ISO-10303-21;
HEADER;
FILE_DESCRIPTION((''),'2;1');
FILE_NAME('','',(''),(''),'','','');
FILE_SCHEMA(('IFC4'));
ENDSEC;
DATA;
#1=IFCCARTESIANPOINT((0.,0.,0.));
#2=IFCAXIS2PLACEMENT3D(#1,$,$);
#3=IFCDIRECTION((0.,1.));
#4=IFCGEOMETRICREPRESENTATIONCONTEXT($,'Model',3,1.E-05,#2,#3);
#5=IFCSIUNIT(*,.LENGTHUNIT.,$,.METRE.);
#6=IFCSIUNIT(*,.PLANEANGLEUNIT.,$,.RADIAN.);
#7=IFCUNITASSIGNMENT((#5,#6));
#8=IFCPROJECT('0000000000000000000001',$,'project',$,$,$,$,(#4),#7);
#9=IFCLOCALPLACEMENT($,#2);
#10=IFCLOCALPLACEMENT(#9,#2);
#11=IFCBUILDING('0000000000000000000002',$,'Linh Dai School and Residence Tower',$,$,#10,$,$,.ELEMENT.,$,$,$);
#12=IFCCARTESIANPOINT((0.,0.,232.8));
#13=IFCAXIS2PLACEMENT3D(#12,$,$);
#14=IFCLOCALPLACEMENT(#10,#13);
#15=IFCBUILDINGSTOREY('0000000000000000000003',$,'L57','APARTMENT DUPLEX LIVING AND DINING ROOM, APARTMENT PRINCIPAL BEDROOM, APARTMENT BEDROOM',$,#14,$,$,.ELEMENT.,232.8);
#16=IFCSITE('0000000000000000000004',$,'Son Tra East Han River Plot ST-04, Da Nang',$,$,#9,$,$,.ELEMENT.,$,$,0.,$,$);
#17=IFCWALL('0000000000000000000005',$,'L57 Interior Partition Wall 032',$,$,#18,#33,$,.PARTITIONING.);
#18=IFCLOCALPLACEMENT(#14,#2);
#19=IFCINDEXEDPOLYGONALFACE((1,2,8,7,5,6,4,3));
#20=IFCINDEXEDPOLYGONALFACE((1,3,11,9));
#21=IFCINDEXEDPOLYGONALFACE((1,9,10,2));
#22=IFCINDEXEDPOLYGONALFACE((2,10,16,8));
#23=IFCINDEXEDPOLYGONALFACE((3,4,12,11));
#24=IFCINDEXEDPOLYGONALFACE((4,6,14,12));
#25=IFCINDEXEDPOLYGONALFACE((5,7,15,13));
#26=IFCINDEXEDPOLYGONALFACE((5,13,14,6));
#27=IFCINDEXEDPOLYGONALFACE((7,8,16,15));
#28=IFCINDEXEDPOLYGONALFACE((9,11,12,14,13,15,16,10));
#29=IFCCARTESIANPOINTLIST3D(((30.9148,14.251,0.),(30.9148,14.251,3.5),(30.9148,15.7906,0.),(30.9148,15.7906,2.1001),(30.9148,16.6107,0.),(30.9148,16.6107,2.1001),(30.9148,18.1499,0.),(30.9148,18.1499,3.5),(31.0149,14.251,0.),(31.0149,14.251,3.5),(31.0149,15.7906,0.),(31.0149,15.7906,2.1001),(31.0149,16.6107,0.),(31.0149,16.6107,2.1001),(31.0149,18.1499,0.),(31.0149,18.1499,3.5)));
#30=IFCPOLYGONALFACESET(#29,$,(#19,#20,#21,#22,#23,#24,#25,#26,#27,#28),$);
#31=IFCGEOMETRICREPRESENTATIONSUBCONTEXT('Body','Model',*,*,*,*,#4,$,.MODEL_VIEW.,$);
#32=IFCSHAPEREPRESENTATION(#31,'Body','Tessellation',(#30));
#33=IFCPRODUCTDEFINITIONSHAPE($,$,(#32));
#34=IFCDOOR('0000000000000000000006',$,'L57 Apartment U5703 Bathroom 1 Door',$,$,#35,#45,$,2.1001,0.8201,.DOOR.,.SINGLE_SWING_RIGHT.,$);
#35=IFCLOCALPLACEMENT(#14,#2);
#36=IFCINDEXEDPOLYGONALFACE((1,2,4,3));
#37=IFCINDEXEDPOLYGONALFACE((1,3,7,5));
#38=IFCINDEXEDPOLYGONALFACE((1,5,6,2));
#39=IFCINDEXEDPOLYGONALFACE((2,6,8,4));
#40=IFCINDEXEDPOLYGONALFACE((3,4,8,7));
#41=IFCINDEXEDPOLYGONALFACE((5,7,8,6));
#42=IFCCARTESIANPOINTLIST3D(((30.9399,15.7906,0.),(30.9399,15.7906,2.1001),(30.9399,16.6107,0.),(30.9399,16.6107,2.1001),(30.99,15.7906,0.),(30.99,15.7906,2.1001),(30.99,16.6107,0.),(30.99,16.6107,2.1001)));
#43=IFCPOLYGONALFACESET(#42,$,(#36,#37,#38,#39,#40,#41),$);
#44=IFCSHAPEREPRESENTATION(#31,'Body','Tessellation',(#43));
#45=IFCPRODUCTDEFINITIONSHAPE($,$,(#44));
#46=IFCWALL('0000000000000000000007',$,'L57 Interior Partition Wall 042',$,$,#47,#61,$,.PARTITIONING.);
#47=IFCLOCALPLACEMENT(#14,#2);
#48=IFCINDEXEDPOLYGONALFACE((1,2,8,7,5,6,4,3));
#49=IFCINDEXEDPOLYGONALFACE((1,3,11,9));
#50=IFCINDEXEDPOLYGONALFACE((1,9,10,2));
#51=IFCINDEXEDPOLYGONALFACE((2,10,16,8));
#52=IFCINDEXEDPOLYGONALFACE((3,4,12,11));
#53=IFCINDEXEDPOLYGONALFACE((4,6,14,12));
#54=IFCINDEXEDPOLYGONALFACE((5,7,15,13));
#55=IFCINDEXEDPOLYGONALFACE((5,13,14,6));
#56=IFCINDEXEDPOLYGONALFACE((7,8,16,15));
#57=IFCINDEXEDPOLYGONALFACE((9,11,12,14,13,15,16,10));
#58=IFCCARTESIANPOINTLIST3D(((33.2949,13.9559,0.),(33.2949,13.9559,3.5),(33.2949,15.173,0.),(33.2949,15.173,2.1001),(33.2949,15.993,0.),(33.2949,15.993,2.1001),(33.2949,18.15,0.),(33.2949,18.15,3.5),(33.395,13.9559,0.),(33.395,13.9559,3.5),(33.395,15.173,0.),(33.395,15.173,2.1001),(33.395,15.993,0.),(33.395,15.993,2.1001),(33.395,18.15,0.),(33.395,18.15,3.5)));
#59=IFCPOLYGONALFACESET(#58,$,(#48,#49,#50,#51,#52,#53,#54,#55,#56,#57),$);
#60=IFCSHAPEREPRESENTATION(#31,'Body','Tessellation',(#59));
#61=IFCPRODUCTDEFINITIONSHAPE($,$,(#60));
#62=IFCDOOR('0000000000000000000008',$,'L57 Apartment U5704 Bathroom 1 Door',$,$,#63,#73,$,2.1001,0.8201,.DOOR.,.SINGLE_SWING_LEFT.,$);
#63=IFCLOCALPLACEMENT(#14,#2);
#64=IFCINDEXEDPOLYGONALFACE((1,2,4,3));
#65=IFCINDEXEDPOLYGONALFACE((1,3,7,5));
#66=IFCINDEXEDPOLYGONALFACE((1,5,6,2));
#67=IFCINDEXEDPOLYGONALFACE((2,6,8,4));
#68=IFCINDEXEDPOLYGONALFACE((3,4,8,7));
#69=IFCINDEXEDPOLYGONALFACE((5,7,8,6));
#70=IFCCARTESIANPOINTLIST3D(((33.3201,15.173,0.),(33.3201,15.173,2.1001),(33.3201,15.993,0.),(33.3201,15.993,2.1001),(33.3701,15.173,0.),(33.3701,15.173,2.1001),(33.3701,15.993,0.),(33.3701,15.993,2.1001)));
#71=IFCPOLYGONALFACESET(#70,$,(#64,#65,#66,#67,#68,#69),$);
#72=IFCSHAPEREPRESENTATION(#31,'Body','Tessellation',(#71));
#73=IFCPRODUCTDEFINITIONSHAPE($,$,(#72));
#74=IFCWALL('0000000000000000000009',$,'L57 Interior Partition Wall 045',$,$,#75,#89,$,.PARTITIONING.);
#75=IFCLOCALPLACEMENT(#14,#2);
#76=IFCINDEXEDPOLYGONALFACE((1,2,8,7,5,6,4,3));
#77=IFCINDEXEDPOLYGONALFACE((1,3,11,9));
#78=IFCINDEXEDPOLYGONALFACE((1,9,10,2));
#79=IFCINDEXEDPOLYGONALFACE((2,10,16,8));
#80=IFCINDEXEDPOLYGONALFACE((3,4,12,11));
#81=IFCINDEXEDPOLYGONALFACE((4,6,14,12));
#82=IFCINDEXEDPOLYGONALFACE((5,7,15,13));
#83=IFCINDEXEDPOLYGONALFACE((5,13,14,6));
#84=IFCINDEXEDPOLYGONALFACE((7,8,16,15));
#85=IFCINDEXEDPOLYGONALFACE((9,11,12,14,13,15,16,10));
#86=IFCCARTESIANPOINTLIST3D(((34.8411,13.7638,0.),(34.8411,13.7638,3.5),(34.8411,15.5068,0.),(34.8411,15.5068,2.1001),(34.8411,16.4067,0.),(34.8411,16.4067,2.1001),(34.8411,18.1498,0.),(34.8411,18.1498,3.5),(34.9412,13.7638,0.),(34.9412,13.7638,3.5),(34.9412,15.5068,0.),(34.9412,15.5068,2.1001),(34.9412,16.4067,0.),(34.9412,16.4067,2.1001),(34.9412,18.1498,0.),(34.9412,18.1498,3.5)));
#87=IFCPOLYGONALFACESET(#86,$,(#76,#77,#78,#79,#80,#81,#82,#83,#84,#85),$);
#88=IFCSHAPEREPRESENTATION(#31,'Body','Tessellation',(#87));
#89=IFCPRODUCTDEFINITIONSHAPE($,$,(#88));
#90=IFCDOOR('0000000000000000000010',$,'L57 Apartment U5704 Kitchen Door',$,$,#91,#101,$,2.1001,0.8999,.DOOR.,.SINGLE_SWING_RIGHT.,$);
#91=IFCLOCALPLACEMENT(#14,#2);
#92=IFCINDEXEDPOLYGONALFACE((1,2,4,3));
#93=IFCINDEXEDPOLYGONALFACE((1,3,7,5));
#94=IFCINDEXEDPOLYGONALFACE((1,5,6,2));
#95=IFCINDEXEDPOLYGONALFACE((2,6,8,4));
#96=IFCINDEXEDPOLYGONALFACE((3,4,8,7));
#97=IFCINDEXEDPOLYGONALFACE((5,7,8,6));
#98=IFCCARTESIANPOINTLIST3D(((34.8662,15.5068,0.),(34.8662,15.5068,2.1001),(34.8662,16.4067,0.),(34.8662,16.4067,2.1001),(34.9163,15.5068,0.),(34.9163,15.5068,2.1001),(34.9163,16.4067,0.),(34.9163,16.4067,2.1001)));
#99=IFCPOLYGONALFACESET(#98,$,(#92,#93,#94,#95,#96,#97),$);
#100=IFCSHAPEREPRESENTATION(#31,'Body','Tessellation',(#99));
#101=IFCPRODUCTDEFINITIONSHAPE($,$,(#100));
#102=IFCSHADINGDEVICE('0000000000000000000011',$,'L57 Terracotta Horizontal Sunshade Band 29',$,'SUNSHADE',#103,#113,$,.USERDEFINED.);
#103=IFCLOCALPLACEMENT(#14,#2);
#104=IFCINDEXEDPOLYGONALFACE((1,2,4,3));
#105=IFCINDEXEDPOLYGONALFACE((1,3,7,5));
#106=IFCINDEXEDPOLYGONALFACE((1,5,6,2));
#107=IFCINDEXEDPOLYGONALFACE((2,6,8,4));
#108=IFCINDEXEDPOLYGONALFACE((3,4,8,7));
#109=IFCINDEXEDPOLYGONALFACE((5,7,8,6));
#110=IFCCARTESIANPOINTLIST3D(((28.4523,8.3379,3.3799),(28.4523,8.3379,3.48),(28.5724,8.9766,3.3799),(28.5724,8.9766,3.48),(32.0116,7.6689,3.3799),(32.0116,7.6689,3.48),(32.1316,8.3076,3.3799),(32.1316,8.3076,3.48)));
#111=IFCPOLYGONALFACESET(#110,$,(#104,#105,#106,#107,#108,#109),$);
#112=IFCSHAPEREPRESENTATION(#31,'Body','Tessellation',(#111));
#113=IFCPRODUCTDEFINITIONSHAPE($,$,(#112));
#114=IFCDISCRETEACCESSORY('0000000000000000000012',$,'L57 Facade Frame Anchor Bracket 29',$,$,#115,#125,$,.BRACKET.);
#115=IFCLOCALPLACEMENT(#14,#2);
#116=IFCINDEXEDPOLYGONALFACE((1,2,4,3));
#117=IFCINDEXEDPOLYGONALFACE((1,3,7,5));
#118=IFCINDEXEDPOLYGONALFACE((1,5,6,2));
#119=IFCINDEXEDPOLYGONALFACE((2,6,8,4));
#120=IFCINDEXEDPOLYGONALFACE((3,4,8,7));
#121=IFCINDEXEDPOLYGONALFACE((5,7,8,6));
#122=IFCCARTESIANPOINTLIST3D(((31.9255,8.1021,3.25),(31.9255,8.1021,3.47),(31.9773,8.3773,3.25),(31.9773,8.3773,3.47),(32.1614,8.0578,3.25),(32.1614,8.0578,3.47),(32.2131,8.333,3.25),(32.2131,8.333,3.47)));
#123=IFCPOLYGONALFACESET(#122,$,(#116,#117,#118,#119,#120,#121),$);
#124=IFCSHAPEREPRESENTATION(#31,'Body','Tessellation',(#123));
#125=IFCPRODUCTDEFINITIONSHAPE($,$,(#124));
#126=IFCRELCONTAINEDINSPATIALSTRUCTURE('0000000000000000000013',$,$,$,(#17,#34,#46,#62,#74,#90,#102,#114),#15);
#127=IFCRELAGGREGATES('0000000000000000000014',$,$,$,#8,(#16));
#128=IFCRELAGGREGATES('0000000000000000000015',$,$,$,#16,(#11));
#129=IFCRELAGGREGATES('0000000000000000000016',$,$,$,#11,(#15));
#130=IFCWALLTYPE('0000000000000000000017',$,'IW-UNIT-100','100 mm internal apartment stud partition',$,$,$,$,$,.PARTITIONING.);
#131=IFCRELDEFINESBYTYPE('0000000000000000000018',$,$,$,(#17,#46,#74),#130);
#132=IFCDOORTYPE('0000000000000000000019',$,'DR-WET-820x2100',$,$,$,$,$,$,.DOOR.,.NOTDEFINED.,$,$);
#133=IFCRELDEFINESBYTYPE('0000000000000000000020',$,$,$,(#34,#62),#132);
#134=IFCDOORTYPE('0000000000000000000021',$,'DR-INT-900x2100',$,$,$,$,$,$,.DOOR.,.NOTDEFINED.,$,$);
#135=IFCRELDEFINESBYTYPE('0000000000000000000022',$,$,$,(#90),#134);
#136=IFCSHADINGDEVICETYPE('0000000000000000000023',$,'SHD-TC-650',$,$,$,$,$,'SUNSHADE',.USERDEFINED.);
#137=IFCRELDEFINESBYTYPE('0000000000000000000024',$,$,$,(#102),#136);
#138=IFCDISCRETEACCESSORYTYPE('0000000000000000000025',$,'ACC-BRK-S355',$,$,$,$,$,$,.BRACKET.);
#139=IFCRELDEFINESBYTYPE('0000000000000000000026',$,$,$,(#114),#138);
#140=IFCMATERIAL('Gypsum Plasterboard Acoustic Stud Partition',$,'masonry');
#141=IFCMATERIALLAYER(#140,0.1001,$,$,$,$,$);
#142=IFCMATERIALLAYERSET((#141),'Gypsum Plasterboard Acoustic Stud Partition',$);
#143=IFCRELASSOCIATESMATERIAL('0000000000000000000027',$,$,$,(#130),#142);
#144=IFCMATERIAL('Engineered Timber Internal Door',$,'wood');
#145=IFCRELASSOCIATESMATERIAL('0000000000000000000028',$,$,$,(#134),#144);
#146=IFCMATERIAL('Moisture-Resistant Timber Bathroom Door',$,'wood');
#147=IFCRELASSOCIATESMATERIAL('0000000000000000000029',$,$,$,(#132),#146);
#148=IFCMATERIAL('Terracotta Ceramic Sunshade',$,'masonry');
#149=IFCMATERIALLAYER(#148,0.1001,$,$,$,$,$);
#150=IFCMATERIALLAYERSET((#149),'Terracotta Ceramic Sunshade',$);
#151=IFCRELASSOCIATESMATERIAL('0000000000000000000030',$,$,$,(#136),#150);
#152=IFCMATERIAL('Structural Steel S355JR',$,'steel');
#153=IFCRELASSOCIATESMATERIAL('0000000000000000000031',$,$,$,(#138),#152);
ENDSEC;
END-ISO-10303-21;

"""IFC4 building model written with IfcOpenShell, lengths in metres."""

from ifc_helpers import new_model, si_unit, direction, frame, frame_2d, origin, origin_2d, place, context, subcontext, project, spatial, rectangle, extrude, source, transform, mapped, material, layer, layer_set, type_object, element, fill, save


model = new_model("IFC4")

# Units and contexts
model_context = context("Model", 3, precision=1e-05, world=origin(), true_north=direction((0.0, 1.0)))
body_context = subcontext(model_context, "Body", "Model", "MODEL_VIEW")
ifc_project = project(units=[si_unit("LENGTHUNIT", "METRE"), si_unit("PLANEANGLEUNIT", "RADIAN")], contexts=[model_context])

# Site, building, storey
site_placement = place(None, origin())
site = spatial("IfcSite", under=ifc_project, at=site_placement, Name="Son Tra East Han River Plot ST-04, Da Nang", CompositionType="ELEMENT", RefElevation=0.0)
building_placement = place(site_placement, origin())
building = spatial("IfcBuilding", under=site, at=building_placement, Name="Linh Dai School and Residence Tower", CompositionType="ELEMENT")
storey_placement = place(building_placement, frame((0.0, 0.0, 232.8)))
storey = spatial("IfcBuildingStorey", under=building, at=storey_placement, Name="L57", Description="APARTMENT DUPLEX LIVING AND DINING ROOM, APARTMENT PRINCIPAL BEDROOM, APARTMENT BEDROOM", CompositionType="ELEMENT", Elevation=232.8)

# Shared definitions
ifc_material_1 = material(Name="Structural Steel S355JR", Category="steel")

# Shared definitions
ifc_material_2 = material(Name="Gypsum Plasterboard Acoustic Stud Partition", Category="masonry")
ifc_layer_1 = layer(ifc_material_2, 0.1001)
ifc_layer_set_1 = layer_set([ifc_layer_1], Name="Gypsum Plasterboard Acoustic Stud Partition")
wall_type_1 = type_object("IfcWallType", Name="IW-UNIT-100", Description="100 mm internal apartment stud partition", PredefinedType="PARTITIONING", material=ifc_layer_set_1)

# Shared definitions
ifc_material_3 = material(Name="Engineered Timber Internal Door", Category="wood")
door_type_1 = type_object("IfcDoorType", Name="DR-INT-900x2100", OperationType="NOTDEFINED", PredefinedType="DOOR", material=ifc_material_3)
shared_shape_1 = source(origin(), body_context, "Body", "SweptSolid", [
    extrude(rectangle(XDim=0.8999, YDim=2.1001, at=origin_2d()), frame((0.45, 0.0249, 1.05), z_axis=(0.0, -1.0, 0.0), x_axis=(1.0, 0.0, 0.0)), (0.0, 0.0, 1.0), 0.05),
])

# Walls, openings, doors
wall_1_placement = place(storey_placement, frame((30.9648, 14.251, 0.0), z_axis=(0.0, 0.0, 1.0), x_axis=(0.0, 1.0, 0.0)))
wall_1 = element("IfcWall", 1, at=wall_1_placement, inside=storey, type_object=wall_type_1, Name="L57 Interior Partition Wall 032", PredefinedType="PARTITIONING", context=body_context, shape_type="SweptSolid", body=[
    extrude(rectangle(XDim=3.8989, YDim=0.1001, at=frame_2d((1.9495, 0.0))), origin(), (0.0, 0.0, 1.0), 3.5),
])
opening_1_placement = place(wall_1_placement, frame((1.5396, 0.0, 0.0)))
opening_1 = element("IfcOpeningElement", 2, at=opening_1_placement, cuts=wall_1, PredefinedType="OPENING", context=body_context, shape_type="SweptSolid", body=[
    extrude(rectangle(XDim=0.8201, YDim=2.1001, at=origin_2d()), frame((0.4102, 0.0601, 1.05), z_axis=(0.0, -1.0, 0.0), x_axis=(1.0, 0.0, 0.0)), (0.0, 0.0, 1.0), 0.1201),
])
ifc_material_4 = material(Name="Moisture-Resistant Timber Bathroom Door", Category="wood")
door_type_2 = type_object("IfcDoorType", Name="DR-WET-820x2100", OperationType="NOTDEFINED", PredefinedType="DOOR", material=ifc_material_4)
shared_shape_2 = source(origin(), body_context, "Body", "SweptSolid", [
    extrude(rectangle(XDim=0.8201, YDim=2.1001, at=origin_2d()), frame((0.4102, 0.0249, 1.05), z_axis=(0.0, -1.0, 0.0), x_axis=(1.0, 0.0, 0.0)), (0.0, 0.0, 1.0), 0.05),
])
door_1_placement = place(opening_1_placement, origin())
door_1 = element("IfcDoor", 3, at=door_1_placement, inside=storey, type_object=door_type_2, Name="L57 Apartment U5703 Bathroom 1 Door", OperationType="SINGLE_SWING_RIGHT", OverallHeight=2.1001, OverallWidth=0.8201, PredefinedType="DOOR", context=body_context, shape_type="MappedRepresentation", body=[
    mapped(shared_shape_2, transform((0.0, 0.0, 0.0), x_axis=(1.0, 0.0, 0.0), y_axis=(0.0, 1.0, 0.0), z_axis=(0.0, 0.0, 1.0), scale=1.0)),
])
fill(opening_1, door_1)
wall_2_placement = place(storey_placement, frame((33.345, 13.9558, 0.0), z_axis=(0.0, 0.0, 1.0), x_axis=(0.0, 1.0, 0.0)))
wall_2 = element("IfcWall", 4, at=wall_2_placement, inside=storey, type_object=wall_type_1, Name="L57 Interior Partition Wall 042", PredefinedType="PARTITIONING", context=body_context, shape_type="SweptSolid", body=[
    extrude(rectangle(XDim=4.1941, YDim=0.1001, at=frame_2d((2.0972, 0.0))), origin(), (0.0, 0.0, 1.0), 3.5),
])
opening_2_placement = place(wall_2_placement, frame((1.217, 0.0, 0.0)))
opening_2 = element("IfcOpeningElement", 5, at=opening_2_placement, cuts=wall_2, PredefinedType="OPENING", context=body_context, shape_type="SweptSolid", body=[
    extrude(rectangle(XDim=0.8201, YDim=2.1001, at=origin_2d()), frame((0.4102, 0.0601, 1.05), z_axis=(0.0, -1.0, 0.0), x_axis=(1.0, 0.0, 0.0)), (0.0, 0.0, 1.0), 0.1201),
])
door_2_placement = place(opening_2_placement, origin())
door_2 = element("IfcDoor", 6, at=door_2_placement, inside=storey, type_object=door_type_2, Name="L57 Apartment U5704 Bathroom 1 Door", OperationType="SINGLE_SWING_LEFT", OverallHeight=2.1001, OverallWidth=0.8201, PredefinedType="DOOR", context=body_context, shape_type="MappedRepresentation", body=[
    mapped(shared_shape_2, transform((0.0, 0.0, 0.0), x_axis=(1.0, 0.0, 0.0), y_axis=(0.0, 1.0, 0.0), z_axis=(0.0, 0.0, 1.0), scale=1.0)),
])
fill(opening_2, door_2)
wall_3_placement = place(storey_placement, frame((34.8911, 13.7639, 0.0), z_axis=(0.0, 0.0, 1.0), x_axis=(0.0, 1.0, 0.0)))
wall_3 = element("IfcWall", 7, at=wall_3_placement, inside=storey, type_object=wall_type_1, Name="L57 Interior Partition Wall 045", PredefinedType="PARTITIONING", context=body_context, shape_type="SweptSolid", body=[
    extrude(rectangle(XDim=4.386, YDim=0.1001, at=frame_2d((2.1929, 0.0))), origin(), (0.0, 0.0, 1.0), 3.5),
])
opening_3_placement = place(wall_3_placement, frame((1.7429, 0.0, 0.0)))
opening_3 = element("IfcOpeningElement", 8, at=opening_3_placement, cuts=wall_3, PredefinedType="OPENING", context=body_context, shape_type="SweptSolid", body=[
    extrude(rectangle(XDim=0.8999, YDim=2.1001, at=origin_2d()), frame((0.45, 0.0601, 1.05), z_axis=(0.0, -1.0, 0.0), x_axis=(1.0, 0.0, 0.0)), (0.0, 0.0, 1.0), 0.1201),
])
door_3_placement = place(opening_3_placement, origin())
door_3 = element("IfcDoor", 9, at=door_3_placement, inside=storey, type_object=door_type_1, Name="L57 Apartment U5704 Kitchen Door", OperationType="SINGLE_SWING_RIGHT", OverallHeight=2.1001, OverallWidth=0.8999, PredefinedType="DOOR", context=body_context, shape_type="MappedRepresentation", body=[
    mapped(shared_shape_1, transform((0.0, 0.0, 0.0), x_axis=(1.0, 0.0, 0.0), y_axis=(0.0, 1.0, 0.0), z_axis=(0.0, 0.0, 1.0), scale=1.0)),
])
fill(opening_3, door_3)

# Shading device
ifc_material_5 = material(Name="Terracotta Ceramic Sunshade", Category="masonry")
ifc_layer_2 = layer(ifc_material_5, 0.1001)
ifc_layer_set_2 = layer_set([ifc_layer_2], Name="Terracotta Ceramic Sunshade")
shading_device_type = type_object("IfcShadingDeviceType", Name="SHD-TC-650", ElementType="SUNSHADE", PredefinedType="USERDEFINED", material=ifc_layer_set_2)
shared_shape_3 = source(origin(), body_context, "Body", "SweptSolid", [
    extrude(rectangle(XDim=3.6216, YDim=0.6499, at=origin_2d()), origin(), (0.0, 0.0, 1.0), 0.1001),
])
shading_device_placement = place(storey_placement, frame((30.292, 8.3228, 3.3799), z_axis=(0.0, 0.0, 1.0), x_axis=(-0.982787, 0.184744, 0.0)))
element("IfcShadingDevice", 10, at=shading_device_placement, inside=storey, type_object=shading_device_type, Name="L57 Terracotta Horizontal Sunshade Band 29", ObjectType="SUNSHADE", PredefinedType="USERDEFINED", context=body_context, shape_type="MappedRepresentation", body=[
    mapped(shared_shape_3, transform((0.0, 0.0, 0.0), x_axis=(1.0, 0.0, 0.0), y_axis=(0.0, 1.0, 0.0), z_axis=(0.0, 0.0, 1.0), scale=1.0)),
])

# Discrete accessory
discrete_accessory_type = type_object("IfcDiscreteAccessoryType", Name="ACC-BRK-S355", PredefinedType="BRACKET", material=ifc_material_1)
shared_shape_4 = source(origin(), body_context, "Body", "SweptSolid", [
    extrude(rectangle(XDim=0.28, YDim=0.24, at=origin_2d()), origin(), (0.0, 0.0, 1.0), 0.22),
])
discrete_accessory_placement = place(storey_placement, frame((32.0693, 8.2175, 3.25), z_axis=(0.0, 0.0, 1.0), x_axis=(-0.184744, -0.982787, 0.0)))
element("IfcDiscreteAccessory", 11, at=discrete_accessory_placement, inside=storey, type_object=discrete_accessory_type, Name="L57 Facade Frame Anchor Bracket 29", PredefinedType="BRACKET", context=body_context, shape_type="MappedRepresentation", body=[
    mapped(shared_shape_4, transform((0.0, 0.0, 0.0), x_axis=(1.0, 0.0, 0.0), y_axis=(0.0, 1.0, 0.0), z_axis=(0.0, 0.0, 1.0), scale=1.0)),
])

save(model, "model.ifc")
